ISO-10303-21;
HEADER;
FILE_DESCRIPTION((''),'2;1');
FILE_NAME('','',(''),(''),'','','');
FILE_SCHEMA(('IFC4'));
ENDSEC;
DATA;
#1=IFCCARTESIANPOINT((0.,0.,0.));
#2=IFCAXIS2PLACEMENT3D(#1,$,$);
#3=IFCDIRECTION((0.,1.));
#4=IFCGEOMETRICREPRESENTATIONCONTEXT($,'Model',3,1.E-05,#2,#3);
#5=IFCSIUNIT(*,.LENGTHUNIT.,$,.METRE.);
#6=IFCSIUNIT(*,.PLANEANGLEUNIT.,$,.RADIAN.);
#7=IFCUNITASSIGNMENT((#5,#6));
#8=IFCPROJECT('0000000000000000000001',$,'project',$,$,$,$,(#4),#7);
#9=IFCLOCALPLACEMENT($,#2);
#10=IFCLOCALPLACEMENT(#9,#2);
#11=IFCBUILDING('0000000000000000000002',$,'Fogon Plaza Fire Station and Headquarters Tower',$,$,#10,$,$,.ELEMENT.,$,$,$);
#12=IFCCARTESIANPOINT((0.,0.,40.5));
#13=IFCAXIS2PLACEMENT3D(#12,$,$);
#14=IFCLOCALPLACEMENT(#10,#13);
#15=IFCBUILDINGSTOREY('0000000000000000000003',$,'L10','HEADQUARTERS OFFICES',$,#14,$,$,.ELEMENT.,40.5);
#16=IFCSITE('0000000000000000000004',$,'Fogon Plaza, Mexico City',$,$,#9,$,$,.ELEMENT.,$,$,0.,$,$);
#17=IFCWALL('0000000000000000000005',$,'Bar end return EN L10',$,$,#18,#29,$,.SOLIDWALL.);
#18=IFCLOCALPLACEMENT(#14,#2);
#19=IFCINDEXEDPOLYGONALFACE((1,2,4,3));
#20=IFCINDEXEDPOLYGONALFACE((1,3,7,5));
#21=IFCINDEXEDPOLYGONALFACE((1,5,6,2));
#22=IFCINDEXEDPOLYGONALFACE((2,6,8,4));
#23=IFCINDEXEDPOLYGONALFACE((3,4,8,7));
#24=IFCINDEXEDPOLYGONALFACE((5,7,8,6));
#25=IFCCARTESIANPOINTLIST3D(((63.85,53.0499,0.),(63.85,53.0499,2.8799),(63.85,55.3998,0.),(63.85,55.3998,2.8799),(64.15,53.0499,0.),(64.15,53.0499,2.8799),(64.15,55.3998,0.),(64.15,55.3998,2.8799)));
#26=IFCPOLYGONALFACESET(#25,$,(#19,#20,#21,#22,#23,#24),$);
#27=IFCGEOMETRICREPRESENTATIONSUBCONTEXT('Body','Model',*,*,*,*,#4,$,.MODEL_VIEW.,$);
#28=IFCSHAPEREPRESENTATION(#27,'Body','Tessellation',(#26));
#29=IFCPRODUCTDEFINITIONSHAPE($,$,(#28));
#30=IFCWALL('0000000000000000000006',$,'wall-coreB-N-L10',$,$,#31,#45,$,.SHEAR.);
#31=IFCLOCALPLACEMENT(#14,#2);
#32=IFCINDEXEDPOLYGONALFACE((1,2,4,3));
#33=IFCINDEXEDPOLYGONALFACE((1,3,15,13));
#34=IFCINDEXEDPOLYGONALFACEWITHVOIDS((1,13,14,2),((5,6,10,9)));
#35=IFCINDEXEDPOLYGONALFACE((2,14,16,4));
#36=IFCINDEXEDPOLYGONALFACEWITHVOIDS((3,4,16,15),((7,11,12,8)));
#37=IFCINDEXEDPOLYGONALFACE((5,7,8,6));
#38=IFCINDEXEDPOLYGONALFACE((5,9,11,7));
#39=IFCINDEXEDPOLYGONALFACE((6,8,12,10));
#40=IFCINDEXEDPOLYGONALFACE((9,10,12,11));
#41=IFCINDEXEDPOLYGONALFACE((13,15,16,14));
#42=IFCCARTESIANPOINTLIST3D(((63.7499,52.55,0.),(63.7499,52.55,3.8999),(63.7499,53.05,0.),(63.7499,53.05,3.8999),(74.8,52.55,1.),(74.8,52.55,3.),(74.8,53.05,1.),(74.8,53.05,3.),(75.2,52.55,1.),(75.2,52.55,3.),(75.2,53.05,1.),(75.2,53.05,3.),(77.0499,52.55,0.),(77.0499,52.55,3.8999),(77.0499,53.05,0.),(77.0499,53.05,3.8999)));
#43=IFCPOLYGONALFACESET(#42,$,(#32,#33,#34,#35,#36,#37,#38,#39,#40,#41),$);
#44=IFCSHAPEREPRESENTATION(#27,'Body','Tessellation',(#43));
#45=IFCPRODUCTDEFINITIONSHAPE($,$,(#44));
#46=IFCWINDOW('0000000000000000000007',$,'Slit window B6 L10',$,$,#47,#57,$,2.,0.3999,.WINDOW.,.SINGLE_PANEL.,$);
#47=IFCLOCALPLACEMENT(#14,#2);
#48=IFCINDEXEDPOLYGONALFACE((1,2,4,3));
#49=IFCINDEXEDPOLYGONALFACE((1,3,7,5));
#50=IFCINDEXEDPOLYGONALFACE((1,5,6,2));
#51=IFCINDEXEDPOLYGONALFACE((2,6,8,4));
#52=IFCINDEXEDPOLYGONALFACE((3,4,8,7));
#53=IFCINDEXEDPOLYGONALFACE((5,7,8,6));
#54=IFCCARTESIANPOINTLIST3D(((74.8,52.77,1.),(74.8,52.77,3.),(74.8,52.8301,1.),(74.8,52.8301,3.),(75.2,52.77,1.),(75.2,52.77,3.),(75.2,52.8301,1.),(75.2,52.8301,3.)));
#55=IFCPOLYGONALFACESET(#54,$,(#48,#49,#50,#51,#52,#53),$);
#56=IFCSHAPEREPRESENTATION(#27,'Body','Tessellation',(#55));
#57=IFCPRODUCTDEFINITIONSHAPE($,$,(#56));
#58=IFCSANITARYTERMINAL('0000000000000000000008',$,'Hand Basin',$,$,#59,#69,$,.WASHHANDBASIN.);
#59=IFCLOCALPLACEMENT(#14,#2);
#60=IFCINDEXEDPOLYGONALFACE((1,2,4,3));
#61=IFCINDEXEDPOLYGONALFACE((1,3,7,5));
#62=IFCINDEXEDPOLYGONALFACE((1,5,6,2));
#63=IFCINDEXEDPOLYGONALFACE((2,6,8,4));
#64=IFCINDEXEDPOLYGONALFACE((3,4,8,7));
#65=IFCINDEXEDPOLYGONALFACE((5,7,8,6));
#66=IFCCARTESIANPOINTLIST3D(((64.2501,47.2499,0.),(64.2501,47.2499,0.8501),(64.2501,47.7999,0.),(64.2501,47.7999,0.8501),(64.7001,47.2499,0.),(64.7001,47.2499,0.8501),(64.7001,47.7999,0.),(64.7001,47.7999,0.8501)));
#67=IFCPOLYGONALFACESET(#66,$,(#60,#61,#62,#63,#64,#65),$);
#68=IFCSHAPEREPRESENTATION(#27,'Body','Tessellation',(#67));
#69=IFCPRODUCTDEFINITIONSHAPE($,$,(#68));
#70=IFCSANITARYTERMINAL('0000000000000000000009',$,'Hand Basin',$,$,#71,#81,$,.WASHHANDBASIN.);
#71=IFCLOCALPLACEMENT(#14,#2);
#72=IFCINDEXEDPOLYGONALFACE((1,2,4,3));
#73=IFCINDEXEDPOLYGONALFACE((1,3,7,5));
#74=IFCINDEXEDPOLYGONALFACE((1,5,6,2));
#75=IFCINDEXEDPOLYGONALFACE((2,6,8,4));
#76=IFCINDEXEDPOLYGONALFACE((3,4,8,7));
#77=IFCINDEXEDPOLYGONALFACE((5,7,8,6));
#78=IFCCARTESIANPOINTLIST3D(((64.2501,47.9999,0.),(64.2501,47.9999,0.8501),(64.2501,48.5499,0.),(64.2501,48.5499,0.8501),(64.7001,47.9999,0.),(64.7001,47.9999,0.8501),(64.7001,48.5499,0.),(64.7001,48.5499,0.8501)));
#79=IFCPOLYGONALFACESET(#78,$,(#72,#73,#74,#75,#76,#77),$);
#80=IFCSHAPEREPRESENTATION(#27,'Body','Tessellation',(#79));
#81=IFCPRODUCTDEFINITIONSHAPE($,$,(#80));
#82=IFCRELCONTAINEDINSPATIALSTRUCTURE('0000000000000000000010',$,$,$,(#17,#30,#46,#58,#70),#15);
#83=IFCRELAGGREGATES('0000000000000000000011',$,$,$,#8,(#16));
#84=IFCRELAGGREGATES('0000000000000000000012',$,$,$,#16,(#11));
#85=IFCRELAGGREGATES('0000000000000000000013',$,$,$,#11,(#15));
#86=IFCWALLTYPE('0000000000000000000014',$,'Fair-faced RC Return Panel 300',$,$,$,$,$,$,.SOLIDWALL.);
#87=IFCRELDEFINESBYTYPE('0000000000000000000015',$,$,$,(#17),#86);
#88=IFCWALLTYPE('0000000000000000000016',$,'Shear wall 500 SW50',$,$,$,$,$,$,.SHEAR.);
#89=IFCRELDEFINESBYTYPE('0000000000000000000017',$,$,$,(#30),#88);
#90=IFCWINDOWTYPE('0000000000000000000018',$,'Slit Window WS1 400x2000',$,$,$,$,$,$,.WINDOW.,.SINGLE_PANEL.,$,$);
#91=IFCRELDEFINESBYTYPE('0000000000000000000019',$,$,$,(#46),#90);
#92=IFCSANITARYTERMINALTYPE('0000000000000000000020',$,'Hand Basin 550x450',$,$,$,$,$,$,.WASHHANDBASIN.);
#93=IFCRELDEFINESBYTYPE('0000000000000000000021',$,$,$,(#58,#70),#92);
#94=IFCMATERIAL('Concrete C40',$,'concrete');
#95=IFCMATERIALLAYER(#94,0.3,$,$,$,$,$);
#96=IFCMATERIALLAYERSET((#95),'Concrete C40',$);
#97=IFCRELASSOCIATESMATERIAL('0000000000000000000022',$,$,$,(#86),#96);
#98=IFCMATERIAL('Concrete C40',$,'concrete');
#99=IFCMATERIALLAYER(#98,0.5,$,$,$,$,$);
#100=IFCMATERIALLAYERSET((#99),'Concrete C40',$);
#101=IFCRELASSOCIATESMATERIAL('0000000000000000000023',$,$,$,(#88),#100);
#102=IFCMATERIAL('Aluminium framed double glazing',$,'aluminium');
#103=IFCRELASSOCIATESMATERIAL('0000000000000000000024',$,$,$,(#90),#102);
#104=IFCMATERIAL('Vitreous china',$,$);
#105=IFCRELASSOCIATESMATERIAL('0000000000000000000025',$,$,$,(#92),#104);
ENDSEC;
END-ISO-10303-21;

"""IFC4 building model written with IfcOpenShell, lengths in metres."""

from ifc_helpers import new_model, si_unit, direction, frame, frame_2d, origin, origin_2d, place, context, subcontext, project, spatial, rectangle, extrude, material, layer, layer_set, type_object, element, fill, save


model = new_model("IFC4")

# Units and contexts
model_context = context("Model", 3, precision=1e-05, world=origin(), true_north=direction((0.0, 1.0)))
body_context = subcontext(model_context, "Body", "Model", "MODEL_VIEW")
ifc_project = project(units=[si_unit("LENGTHUNIT", "METRE"), si_unit("PLANEANGLEUNIT", "RADIAN")], contexts=[model_context])

# Site, building, storey
site_placement = place(None, origin())
site = spatial("IfcSite", under=ifc_project, at=site_placement, Name="Fogon Plaza, Mexico City", CompositionType="ELEMENT", RefElevation=0.0)
building_placement = place(site_placement, origin())
building = spatial("IfcBuilding", under=site, at=building_placement, Name="Fogon Plaza Fire Station and Headquarters Tower", CompositionType="ELEMENT")
storey_placement = place(building_placement, frame((0.0, 0.0, 40.5)))
storey = spatial("IfcBuildingStorey", under=building, at=storey_placement, Name="L10", Description="HEADQUARTERS OFFICES", CompositionType="ELEMENT", Elevation=40.5)

# Wall
ifc_material_1 = material(Name="Concrete C40", Category="concrete")
ifc_layer_1 = layer(ifc_material_1, 0.3)
ifc_layer_set_1 = layer_set([ifc_layer_1], Name="Concrete C40")
wall_type_1 = type_object("IfcWallType", Name="Fair-faced RC Return Panel 300", PredefinedType="SOLIDWALL", material=ifc_layer_set_1)
wall_1_placement = place(storey_placement, frame((64.0, 53.05, 0.0), z_axis=(0.0, 0.0, 1.0), x_axis=(0.0, 1.0, 0.0)))
element("IfcWall", 1, at=wall_1_placement, inside=storey, type_object=wall_type_1, Name="Bar end return EN L10", PredefinedType="SOLIDWALL", context=body_context, shape_type="SweptSolid", body=[
    extrude(rectangle(XDim=2.3499, YDim=0.3, at=frame_2d((1.1748, 0.0))), origin(), (0.0, 0.0, 1.0), 2.8799),
])

# Wall, opening, window
ifc_material_2 = material(Name="Concrete C40", Category="concrete")
ifc_layer_2 = layer(ifc_material_2, 0.5)
ifc_layer_set_2 = layer_set([ifc_layer_2], Name="Concrete C40")
wall_type_2 = type_object("IfcWallType", Name="Shear wall 500 SW50", PredefinedType="SHEAR", material=ifc_layer_set_2)
wall_2_placement = place(storey_placement, frame((63.75, 52.8, 0.0), z_axis=(0.0, 0.0, 1.0), x_axis=(1.0, 0.0, 0.0)))
wall_2 = element("IfcWall", 2, at=wall_2_placement, inside=storey, type_object=wall_type_2, Name="wall-coreB-N-L10", PredefinedType="SHEAR", context=body_context, shape_type="SweptSolid", body=[
    extrude(rectangle(XDim=13.3, YDim=0.5, at=frame_2d((6.6499, 0.0))), origin(), (0.0, 0.0, 1.0), 3.8999),
])
opening_placement = place(wall_2_placement, frame((11.05, 0.0, 1.0)))
opening = element("IfcOpeningElement", 3, at=opening_placement, cuts=wall_2, PredefinedType="OPENING", context=body_context, shape_type="SweptSolid", body=[
    extrude(rectangle(XDim=0.3999, YDim=2.0, at=frame_2d((0.2, 1.0))), frame((0.0, 0.26, 0.0), z_axis=(0.0, -1.0, 0.0), x_axis=(1.0, 0.0, 0.0)), (0.0, 0.0, 1.0), 0.52),
])
ifc_material_3 = material(Name="Aluminium framed double glazing", Category="aluminium")
window_type = type_object("IfcWindowType", Name="Slit Window WS1 400x2000", PartitioningType="SINGLE_PANEL", PredefinedType="WINDOW", material=ifc_material_3)
window_placement = place(opening_placement, origin())
window = element("IfcWindow", 4, at=window_placement, inside=storey, type_object=window_type, Name="Slit window B6 L10", OverallHeight=2.0, OverallWidth=0.3999, PartitioningType="SINGLE_PANEL", PredefinedType="WINDOW", context=body_context, shape_type="SweptSolid", body=[
    extrude(rectangle(XDim=0.3999, YDim=2.0, at=frame_2d((0.2, 1.0))), frame((0.0, 0.03, 0.0), z_axis=(0.0, -1.0, 0.0), x_axis=(1.0, 0.0, 0.0)), (0.0, 0.0, 1.0), 0.0601),
])
fill(opening, window)

# Sanitary terminals
ifc_material_4 = material(Name="Vitreous china")
sanitary_terminal_type = type_object("IfcSanitaryTerminalType", Name="Hand Basin 550x450", PredefinedType="WASHHANDBASIN", material=ifc_material_4)
for number, where, z_axis, x_axis, name in (
    (5, (64.4751, 47.5249, 0.0), (0.0, 0.0, 1.0), (1.0, 0.0, 0.0), "Hand Basin"),
    (6, (64.4751, 48.2749, 0.0), (0.0, 0.0, 1.0), (1.0, 0.0, 0.0), "Hand Basin"),
):
    element("IfcSanitaryTerminal", number, at=place(storey_placement, frame(where, z_axis=z_axis, x_axis=x_axis)), inside=storey, type_object=sanitary_terminal_type, Name=name, PredefinedType="WASHHANDBASIN", context=body_context, shape_type="SweptSolid", body=[
        extrude(rectangle(XDim=0.45, YDim=0.55, at=origin_2d()), origin(), (0.0, 0.0, 1.0), 0.8501),
    ])

save(model, "model.ifc")
